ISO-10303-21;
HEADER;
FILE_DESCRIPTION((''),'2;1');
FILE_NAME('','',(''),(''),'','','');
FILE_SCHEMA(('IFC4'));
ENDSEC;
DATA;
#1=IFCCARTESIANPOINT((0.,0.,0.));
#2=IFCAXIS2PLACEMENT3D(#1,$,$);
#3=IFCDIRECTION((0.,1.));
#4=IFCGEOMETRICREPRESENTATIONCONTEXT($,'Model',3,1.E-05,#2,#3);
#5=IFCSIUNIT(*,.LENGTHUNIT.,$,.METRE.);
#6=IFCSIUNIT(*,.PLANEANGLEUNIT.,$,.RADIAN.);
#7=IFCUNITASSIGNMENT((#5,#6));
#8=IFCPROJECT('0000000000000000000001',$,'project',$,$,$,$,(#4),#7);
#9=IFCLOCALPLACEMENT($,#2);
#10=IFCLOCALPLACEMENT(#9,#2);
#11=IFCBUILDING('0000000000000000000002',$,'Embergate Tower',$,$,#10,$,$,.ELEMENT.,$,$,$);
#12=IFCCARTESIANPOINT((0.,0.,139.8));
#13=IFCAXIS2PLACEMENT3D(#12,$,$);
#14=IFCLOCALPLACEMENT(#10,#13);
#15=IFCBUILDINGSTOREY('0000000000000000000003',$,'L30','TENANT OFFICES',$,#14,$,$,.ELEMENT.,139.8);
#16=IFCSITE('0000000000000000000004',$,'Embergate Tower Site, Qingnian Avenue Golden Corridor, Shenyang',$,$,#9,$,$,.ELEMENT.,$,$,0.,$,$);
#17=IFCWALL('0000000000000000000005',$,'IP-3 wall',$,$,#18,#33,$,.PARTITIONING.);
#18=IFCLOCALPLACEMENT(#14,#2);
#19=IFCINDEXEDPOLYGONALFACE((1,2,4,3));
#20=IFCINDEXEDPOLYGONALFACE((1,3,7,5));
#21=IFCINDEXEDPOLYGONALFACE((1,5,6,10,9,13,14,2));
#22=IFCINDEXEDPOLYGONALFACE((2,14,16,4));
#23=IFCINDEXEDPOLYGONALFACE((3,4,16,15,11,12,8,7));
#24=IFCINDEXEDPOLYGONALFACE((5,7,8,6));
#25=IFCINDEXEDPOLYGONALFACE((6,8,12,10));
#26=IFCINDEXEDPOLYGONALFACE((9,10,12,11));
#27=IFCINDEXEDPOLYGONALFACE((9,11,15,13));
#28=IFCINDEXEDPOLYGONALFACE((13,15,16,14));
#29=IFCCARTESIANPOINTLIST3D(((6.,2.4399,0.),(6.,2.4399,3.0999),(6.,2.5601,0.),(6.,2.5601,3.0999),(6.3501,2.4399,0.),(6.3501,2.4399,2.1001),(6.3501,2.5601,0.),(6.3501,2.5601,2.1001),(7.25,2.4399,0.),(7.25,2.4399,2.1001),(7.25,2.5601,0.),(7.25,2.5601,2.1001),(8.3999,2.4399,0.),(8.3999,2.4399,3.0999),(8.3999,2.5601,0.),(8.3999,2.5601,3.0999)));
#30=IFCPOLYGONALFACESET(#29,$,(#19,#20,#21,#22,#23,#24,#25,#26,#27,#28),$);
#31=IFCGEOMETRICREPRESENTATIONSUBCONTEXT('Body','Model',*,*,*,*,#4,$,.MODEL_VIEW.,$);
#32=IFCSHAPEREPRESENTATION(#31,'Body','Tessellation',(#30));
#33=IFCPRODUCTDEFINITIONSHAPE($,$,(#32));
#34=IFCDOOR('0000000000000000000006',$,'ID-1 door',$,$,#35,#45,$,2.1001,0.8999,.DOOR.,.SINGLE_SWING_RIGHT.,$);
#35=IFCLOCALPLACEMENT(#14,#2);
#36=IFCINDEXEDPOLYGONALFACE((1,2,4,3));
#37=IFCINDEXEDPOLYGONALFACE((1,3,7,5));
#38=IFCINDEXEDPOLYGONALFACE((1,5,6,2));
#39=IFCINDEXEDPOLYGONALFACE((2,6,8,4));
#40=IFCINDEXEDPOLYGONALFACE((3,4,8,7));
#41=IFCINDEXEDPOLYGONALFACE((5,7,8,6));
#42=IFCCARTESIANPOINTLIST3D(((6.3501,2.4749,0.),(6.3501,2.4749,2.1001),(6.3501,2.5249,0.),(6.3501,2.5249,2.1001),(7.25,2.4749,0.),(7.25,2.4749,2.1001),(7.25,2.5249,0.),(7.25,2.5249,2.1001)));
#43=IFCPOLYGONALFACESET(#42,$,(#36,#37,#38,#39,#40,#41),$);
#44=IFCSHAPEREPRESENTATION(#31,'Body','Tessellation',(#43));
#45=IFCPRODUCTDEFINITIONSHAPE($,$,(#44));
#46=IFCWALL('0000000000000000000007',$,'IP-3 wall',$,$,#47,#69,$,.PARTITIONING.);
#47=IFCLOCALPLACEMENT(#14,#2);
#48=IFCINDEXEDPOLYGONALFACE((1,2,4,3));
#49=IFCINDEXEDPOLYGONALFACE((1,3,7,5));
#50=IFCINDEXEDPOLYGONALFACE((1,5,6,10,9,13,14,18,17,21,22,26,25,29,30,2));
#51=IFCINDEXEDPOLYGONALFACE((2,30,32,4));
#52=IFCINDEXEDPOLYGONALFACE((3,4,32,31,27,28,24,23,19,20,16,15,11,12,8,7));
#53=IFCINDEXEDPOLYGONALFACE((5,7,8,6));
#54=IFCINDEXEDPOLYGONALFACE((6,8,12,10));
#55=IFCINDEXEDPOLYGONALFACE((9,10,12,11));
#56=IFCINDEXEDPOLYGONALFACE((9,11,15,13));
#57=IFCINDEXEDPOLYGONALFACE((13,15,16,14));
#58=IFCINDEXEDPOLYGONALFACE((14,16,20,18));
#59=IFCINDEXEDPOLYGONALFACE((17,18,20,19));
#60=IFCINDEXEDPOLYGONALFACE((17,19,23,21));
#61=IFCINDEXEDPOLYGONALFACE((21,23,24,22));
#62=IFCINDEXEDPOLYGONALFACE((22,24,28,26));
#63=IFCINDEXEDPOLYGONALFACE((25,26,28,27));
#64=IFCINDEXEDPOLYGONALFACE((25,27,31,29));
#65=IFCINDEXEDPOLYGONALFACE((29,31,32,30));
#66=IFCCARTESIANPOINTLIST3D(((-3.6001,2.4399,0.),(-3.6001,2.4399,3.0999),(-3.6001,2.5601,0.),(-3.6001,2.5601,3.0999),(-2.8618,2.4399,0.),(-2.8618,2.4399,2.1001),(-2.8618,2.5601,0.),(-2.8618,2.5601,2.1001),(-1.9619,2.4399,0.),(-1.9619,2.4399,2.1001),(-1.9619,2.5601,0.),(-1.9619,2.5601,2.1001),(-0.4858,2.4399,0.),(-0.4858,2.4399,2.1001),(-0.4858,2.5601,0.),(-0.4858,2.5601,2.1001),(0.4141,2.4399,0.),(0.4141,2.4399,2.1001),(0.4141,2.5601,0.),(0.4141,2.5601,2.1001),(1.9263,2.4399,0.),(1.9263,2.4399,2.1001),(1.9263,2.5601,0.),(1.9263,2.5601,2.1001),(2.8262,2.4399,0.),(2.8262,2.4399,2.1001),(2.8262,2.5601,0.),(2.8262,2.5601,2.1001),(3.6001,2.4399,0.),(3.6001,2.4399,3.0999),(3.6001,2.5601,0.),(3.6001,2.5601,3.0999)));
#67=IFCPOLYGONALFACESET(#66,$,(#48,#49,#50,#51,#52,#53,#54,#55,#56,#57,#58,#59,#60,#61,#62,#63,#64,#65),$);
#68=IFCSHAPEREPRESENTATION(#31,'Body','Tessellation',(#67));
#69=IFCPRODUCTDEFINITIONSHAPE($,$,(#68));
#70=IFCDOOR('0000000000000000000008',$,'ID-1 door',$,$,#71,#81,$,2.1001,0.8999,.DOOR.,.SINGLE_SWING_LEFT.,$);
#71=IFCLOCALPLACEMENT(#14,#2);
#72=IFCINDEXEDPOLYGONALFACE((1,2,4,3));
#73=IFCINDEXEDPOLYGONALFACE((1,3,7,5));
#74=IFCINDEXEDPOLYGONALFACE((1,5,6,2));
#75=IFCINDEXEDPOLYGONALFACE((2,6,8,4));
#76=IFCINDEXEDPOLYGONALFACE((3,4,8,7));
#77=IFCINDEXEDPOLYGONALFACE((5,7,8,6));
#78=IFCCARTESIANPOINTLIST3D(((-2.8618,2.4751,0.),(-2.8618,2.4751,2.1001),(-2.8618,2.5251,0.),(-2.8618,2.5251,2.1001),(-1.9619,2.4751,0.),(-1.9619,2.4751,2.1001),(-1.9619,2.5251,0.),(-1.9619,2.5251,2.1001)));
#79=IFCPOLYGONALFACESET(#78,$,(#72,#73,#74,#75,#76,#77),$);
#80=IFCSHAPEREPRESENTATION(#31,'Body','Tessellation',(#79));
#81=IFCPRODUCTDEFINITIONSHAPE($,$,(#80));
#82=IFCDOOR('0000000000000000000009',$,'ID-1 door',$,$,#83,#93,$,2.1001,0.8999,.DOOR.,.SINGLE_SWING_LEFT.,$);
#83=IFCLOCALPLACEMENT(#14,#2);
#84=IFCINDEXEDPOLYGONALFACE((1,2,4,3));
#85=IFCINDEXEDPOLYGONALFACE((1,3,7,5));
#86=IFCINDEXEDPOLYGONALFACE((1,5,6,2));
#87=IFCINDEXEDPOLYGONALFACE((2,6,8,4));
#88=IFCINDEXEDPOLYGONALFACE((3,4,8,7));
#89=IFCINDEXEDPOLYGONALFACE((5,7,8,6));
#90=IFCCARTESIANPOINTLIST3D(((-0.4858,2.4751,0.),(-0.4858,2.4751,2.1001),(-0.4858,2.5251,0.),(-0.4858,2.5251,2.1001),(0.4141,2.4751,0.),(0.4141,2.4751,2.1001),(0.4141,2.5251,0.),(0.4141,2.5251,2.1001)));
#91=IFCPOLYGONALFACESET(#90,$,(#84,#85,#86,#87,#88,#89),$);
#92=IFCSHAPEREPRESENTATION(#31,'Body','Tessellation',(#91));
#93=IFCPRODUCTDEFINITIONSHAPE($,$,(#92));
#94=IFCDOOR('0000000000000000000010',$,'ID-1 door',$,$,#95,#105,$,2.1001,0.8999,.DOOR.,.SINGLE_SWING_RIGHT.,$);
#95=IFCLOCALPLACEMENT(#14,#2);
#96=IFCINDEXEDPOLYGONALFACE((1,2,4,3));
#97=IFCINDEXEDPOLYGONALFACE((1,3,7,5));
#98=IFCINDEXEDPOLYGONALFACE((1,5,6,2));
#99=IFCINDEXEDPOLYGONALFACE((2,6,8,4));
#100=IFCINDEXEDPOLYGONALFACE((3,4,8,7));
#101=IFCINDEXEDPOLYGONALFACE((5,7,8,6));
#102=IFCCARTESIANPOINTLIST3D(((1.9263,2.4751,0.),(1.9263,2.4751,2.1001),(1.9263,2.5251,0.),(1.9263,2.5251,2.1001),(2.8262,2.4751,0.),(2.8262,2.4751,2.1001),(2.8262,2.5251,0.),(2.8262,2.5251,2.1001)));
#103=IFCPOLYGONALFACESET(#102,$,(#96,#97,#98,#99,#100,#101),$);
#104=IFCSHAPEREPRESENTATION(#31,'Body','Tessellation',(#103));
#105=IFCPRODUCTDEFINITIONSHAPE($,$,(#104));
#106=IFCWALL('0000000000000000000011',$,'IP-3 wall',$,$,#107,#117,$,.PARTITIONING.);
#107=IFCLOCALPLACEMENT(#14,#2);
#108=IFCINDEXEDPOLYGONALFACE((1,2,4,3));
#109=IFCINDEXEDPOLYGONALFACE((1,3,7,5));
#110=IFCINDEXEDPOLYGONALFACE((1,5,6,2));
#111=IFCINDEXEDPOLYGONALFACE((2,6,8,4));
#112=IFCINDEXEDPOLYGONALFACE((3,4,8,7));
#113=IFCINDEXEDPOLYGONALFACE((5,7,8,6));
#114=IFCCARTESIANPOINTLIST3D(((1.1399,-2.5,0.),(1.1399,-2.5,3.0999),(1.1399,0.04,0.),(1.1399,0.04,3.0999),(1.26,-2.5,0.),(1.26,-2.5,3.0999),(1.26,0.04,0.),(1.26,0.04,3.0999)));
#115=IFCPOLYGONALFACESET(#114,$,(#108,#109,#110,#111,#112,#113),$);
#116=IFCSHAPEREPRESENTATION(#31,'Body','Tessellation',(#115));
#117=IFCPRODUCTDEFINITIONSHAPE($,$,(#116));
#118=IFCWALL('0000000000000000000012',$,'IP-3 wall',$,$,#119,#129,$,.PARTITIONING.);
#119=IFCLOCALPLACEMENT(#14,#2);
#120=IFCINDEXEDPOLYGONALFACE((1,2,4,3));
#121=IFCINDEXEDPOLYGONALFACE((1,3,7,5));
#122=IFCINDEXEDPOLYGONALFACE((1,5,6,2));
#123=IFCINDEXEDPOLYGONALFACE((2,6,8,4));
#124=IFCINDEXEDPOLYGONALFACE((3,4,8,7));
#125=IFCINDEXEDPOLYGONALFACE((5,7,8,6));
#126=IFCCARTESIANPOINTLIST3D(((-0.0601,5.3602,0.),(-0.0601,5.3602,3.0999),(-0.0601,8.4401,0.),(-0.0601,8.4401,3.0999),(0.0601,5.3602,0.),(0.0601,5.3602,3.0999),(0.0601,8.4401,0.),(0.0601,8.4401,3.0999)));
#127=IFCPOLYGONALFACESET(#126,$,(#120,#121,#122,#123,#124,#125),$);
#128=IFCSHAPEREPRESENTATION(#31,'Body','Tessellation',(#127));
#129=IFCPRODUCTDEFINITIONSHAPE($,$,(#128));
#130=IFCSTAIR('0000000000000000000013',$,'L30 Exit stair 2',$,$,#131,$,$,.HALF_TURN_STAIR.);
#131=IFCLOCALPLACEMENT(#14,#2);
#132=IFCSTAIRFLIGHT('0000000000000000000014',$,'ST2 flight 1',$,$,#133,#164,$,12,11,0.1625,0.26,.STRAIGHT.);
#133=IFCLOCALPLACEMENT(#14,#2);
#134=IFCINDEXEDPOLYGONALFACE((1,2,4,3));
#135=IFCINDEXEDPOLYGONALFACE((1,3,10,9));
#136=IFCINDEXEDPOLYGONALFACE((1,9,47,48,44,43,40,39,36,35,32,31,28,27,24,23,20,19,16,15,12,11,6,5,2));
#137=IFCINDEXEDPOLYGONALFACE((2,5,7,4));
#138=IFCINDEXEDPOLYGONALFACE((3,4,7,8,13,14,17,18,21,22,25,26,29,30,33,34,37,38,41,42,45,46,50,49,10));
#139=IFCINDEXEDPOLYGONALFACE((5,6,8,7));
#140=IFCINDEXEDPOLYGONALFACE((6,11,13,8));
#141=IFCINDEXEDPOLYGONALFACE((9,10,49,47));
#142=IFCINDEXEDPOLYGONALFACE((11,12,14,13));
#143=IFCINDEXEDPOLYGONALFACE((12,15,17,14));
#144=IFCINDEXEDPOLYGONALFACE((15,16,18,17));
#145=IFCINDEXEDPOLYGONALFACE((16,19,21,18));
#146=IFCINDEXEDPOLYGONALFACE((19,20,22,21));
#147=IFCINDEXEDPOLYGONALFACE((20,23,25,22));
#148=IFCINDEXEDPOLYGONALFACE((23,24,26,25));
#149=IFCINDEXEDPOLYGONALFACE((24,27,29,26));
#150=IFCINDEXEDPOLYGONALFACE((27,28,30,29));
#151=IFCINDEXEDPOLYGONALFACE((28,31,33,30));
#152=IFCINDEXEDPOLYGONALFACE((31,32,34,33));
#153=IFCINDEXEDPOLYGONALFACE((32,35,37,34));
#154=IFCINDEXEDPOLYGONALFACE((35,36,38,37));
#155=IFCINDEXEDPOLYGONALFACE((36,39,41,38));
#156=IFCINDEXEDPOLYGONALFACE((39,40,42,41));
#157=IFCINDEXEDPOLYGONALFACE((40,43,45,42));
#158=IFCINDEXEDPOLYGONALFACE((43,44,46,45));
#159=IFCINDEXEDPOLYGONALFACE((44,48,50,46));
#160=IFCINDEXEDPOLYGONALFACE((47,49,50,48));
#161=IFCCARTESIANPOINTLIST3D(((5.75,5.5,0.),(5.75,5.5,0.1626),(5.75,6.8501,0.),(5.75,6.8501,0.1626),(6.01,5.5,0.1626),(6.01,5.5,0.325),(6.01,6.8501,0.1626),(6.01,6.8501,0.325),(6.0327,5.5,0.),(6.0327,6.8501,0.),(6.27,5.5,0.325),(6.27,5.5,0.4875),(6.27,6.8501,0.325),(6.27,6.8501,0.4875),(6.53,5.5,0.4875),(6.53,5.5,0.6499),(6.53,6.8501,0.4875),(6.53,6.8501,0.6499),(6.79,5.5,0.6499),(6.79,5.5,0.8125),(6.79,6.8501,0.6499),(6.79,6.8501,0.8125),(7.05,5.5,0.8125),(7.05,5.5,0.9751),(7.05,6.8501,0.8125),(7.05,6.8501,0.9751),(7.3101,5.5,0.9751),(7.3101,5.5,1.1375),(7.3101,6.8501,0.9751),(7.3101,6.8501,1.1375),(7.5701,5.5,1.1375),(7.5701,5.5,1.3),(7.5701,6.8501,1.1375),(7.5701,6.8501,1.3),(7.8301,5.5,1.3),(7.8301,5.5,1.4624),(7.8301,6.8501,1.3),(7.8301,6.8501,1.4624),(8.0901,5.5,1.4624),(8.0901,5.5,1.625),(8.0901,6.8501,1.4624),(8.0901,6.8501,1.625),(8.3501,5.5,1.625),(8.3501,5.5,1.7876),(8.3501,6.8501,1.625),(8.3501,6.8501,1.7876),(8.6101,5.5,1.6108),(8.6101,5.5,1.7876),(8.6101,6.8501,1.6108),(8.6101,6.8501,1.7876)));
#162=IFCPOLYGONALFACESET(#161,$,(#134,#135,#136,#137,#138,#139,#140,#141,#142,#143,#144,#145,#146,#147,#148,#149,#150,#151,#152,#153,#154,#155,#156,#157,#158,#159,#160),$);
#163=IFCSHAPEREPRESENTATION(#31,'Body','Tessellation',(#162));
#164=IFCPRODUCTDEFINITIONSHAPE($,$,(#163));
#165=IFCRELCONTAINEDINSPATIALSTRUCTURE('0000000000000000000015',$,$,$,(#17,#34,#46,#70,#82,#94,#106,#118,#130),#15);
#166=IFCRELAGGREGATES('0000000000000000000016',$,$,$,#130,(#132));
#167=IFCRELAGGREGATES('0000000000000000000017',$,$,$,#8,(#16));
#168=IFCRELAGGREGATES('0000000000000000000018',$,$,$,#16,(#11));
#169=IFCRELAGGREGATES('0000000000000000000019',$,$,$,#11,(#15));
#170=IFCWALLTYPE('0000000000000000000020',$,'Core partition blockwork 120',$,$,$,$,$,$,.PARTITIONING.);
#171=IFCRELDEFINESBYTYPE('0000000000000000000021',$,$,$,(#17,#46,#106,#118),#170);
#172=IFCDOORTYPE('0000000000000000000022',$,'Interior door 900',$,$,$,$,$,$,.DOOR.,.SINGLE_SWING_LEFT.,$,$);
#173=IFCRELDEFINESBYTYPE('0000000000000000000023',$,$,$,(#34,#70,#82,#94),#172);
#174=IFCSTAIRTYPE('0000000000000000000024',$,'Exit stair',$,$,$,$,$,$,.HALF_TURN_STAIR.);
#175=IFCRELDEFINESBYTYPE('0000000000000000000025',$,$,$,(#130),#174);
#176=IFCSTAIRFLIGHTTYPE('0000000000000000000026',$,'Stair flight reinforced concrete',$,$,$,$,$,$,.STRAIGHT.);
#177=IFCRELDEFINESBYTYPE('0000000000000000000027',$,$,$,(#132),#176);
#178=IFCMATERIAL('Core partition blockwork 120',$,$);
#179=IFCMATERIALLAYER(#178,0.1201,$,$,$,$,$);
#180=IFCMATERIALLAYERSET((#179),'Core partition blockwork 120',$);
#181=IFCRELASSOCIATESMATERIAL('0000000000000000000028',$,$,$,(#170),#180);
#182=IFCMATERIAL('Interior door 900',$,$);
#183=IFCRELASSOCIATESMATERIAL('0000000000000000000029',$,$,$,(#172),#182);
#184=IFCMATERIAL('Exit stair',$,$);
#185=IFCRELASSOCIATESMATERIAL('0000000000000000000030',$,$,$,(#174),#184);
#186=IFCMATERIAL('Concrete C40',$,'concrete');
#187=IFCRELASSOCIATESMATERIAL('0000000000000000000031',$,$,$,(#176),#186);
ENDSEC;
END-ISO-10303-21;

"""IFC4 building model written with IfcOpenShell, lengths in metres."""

from ifc_helpers import new_model, si_unit, direction, frame, frame_2d, origin, place, context, subcontext, project, spatial, polyline, rectangle, outline, extrude, source, transform, mapped, material, layer, layer_set, type_object, element, fill, aggregate, save


model = new_model("IFC4")

# Units and contexts
model_context = context("Model", 3, precision=1e-05, world=origin(), true_north=direction((0.0, 1.0)))
body_context = subcontext(model_context, "Body", "Model", "MODEL_VIEW")
ifc_project = project(units=[si_unit("LENGTHUNIT", "METRE"), si_unit("PLANEANGLEUNIT", "RADIAN")], contexts=[model_context])

# Site, building, storey
site_placement = place(None, origin())
site = spatial("IfcSite", under=ifc_project, at=site_placement, Name="Embergate Tower Site, Qingnian Avenue Golden Corridor, Shenyang", CompositionType="ELEMENT", RefElevation=0.0)
building_placement = place(site_placement, origin())
building = spatial("IfcBuilding", under=site, at=building_placement, Name="Embergate Tower", CompositionType="ELEMENT")
storey_placement = place(building_placement, frame((0.0, 0.0, 139.8)))
storey = spatial("IfcBuildingStorey", under=building, at=storey_placement, Name="L30", Description="TENANT OFFICES", CompositionType="ELEMENT", Elevation=139.8)

# Shared definitions
ifc_material_1 = material(Name="Core partition blockwork 120")
ifc_layer_1 = layer(ifc_material_1, 0.1201)
ifc_layer_set_1 = layer_set([ifc_layer_1], Name="Core partition blockwork 120")
wall_type_1 = type_object("IfcWallType", Name="Core partition blockwork 120", PredefinedType="PARTITIONING", material=ifc_layer_set_1)

# Wall, opening, door
shared_shape_1 = source(origin(), body_context, "Body", "SweptSolid", [
    extrude(rectangle(XDim=2.3999, YDim=0.1201, at=frame_2d((1.2, 0.0))), origin(), (0.0, 0.0, 1.0), 3.0999),
])
wall_1_placement = place(storey_placement, frame((6.0, 2.5, 0.0), z_axis=(0.0, 0.0, 1.0), x_axis=(1.0, 0.0, 0.0)))
wall_1 = element("IfcWall", 1, at=wall_1_placement, inside=storey, type_object=wall_type_1, Name="IP-3 wall", PredefinedType="PARTITIONING", context=body_context, shape_type="MappedRepresentation", body=[
    mapped(shared_shape_1, transform((0.0, 0.0, 0.0))),
])
shared_shape_2 = source(origin(), body_context, "Body", "SweptSolid", [
    extrude(rectangle(XDim=0.8999, YDim=2.1001, at=frame_2d((0.45, 1.05))), frame((0.0, 0.0701, 0.0), z_axis=(0.0, -1.0, 0.0), x_axis=(1.0, 0.0, 0.0)), (0.0, 0.0, 1.0), 0.1401),
])
opening_1_placement = place(wall_1_placement, frame((0.3501, 0.0, 0.0)))
opening_1 = element("IfcOpeningElement", 2, at=opening_1_placement, cuts=wall_1, PredefinedType="OPENING", context=body_context, shape_type="MappedRepresentation", body=[
    mapped(shared_shape_2, transform((0.0, 0.0, 0.0))),
])
ifc_material_2 = material(Name="Interior door 900")
door_type_1 = type_object("IfcDoorType", Name="Interior door 900", OperationType="SINGLE_SWING_LEFT", PredefinedType="DOOR", material=ifc_material_2)
shared_shape_3 = source(origin(), body_context, "Body", "SweptSolid", [
    extrude(rectangle(XDim=0.8999, YDim=2.1001, at=frame_2d((0.45, 1.05))), frame((0.0, 0.0249, 0.0), z_axis=(0.0, -1.0, 0.0), x_axis=(1.0, 0.0, 0.0)), (0.0, 0.0, 1.0), 0.05),
])
door_1_placement = place(opening_1_placement, origin())
door_1 = element("IfcDoor", 3, at=door_1_placement, inside=storey, type_object=door_type_1, Name="ID-1 door", OperationType="SINGLE_SWING_RIGHT", OverallHeight=2.1001, OverallWidth=0.8999, PredefinedType="DOOR", context=body_context, shape_type="MappedRepresentation", body=[
    mapped(shared_shape_3, transform((0.0, 0.0, 0.0))),
])
fill(opening_1, door_1)

# Wall, openings, doors
shared_shape_4 = source(origin(), body_context, "Body", "SweptSolid", [
    extrude(rectangle(XDim=7.2002, YDim=0.1201, at=frame_2d((3.6001, 0.0))), origin(), (0.0, 0.0, 1.0), 3.0999),
])
wall_2_placement = place(storey_placement, frame((3.6001, 2.5, 0.0), z_axis=(0.0, 0.0, 1.0), x_axis=(-1.0, 0.0, 0.0)))
wall_2 = element("IfcWall", 4, at=wall_2_placement, inside=storey, type_object=wall_type_1, Name="IP-3 wall", PredefinedType="PARTITIONING", context=body_context, shape_type="MappedRepresentation", body=[
    mapped(shared_shape_4, transform((0.0, 0.0, 0.0))),
])
opening_2_placement = place(wall_2_placement, frame((5.562, 0.0, 0.0)))
opening_2 = element("IfcOpeningElement", 5, at=opening_2_placement, cuts=wall_2, PredefinedType="OPENING", context=body_context, shape_type="MappedRepresentation", body=[
    mapped(shared_shape_2, transform((0.0, 0.0, 0.0))),
])
opening_3_placement = place(wall_2_placement, frame((3.186, 0.0, 0.0)))
opening_3 = element("IfcOpeningElement", 6, at=opening_3_placement, cuts=wall_2, PredefinedType="OPENING", context=body_context, shape_type="MappedRepresentation", body=[
    mapped(shared_shape_2, transform((0.0, 0.0, 0.0))),
])
opening_4_placement = place(wall_2_placement, frame((0.7739, 0.0, 0.0)))
opening_4 = element("IfcOpeningElement", 7, at=opening_4_placement, cuts=wall_2, PredefinedType="OPENING", context=body_context, shape_type="MappedRepresentation", body=[
    mapped(shared_shape_2, transform((0.0, 0.0, 0.0))),
])
door_2_placement = place(opening_2_placement, origin())
door_2 = element("IfcDoor", 8, at=door_2_placement, inside=storey, type_object=door_type_1, Name="ID-1 door", OperationType="SINGLE_SWING_LEFT", OverallHeight=2.1001, OverallWidth=0.8999, PredefinedType="DOOR", context=body_context, shape_type="MappedRepresentation", body=[
    mapped(shared_shape_3, transform((0.0, 0.0, 0.0))),
])
fill(opening_2, door_2)
door_3_placement = place(opening_3_placement, origin())
door_3 = element("IfcDoor", 9, at=door_3_placement, inside=storey, type_object=door_type_1, Name="ID-1 door", OperationType="SINGLE_SWING_LEFT", OverallHeight=2.1001, OverallWidth=0.8999, PredefinedType="DOOR", context=body_context, shape_type="MappedRepresentation", body=[
    mapped(shared_shape_3, transform((0.0, 0.0, 0.0))),
])
fill(opening_3, door_3)
door_4_placement = place(opening_4_placement, origin())
door_4 = element("IfcDoor", 10, at=door_4_placement, inside=storey, type_object=door_type_1, Name="ID-1 door", OperationType="SINGLE_SWING_RIGHT", OverallHeight=2.1001, OverallWidth=0.8999, PredefinedType="DOOR", context=body_context, shape_type="MappedRepresentation", body=[
    mapped(shared_shape_3, transform((0.0, 0.0, 0.0))),
])
fill(opening_4, door_4)

# Walls
shared_shape_5 = source(origin(), body_context, "Body", "SweptSolid", [
    extrude(rectangle(XDim=2.54, YDim=0.1201, at=frame_2d((1.27, 0.0))), origin(), (0.0, 0.0, 1.0), 3.0999),
])
wall_3_placement = place(storey_placement, frame((1.2, 0.04, 0.0), z_axis=(0.0, 0.0, 1.0), x_axis=(0.0, -1.0, 0.0)))
element("IfcWall", 11, at=wall_3_placement, inside=storey, type_object=wall_type_1, Name="IP-3 wall", PredefinedType="PARTITIONING", context=body_context, shape_type="MappedRepresentation", body=[
    mapped(shared_shape_5, transform((0.0, 0.0, 0.0))),
])
shared_shape_6 = source(origin(), body_context, "Body", "SweptSolid", [
    extrude(rectangle(XDim=3.0798, YDim=0.1201, at=frame_2d((1.54, 0.0))), origin(), (0.0, 0.0, 1.0), 3.0999),
])
wall_4_placement = place(storey_placement, frame((0.0, 5.3601, 0.0), z_axis=(0.0, 0.0, 1.0), x_axis=(0.0, 1.0, 0.0)))
element("IfcWall", 12, at=wall_4_placement, inside=storey, type_object=wall_type_1, Name="IP-3 wall", PredefinedType="PARTITIONING", context=body_context, shape_type="MappedRepresentation", body=[
    mapped(shared_shape_6, transform((0.0, 0.0, 0.0))),
])

# Stair, stair flight
ifc_material_3 = material(Name="Exit stair")
stair_type = type_object("IfcStairType", Name="Exit stair", PredefinedType="HALF_TURN_STAIR", material=ifc_material_3)
stair_placement = place(storey_placement, origin())
stair = element("IfcStair", 13, at=stair_placement, inside=storey, type_object=stair_type, Name="L30 Exit stair 2", PredefinedType="HALF_TURN_STAIR")
ifc_material_4 = material(Name="Concrete C40", Category="concrete")
stair_flight_type = type_object("IfcStairFlightType", Name="Stair flight reinforced concrete", PredefinedType="STRAIGHT", material=ifc_material_4)
shared_shape_7 = source(origin(), body_context, "Body", "SweptSolid", [
    extrude(outline(polyline([(0.0, 0.0), (0.0, 0.1626), (0.26, 0.1626), (0.26, 0.325), (0.52, 0.325), (0.52, 0.4875), (0.78, 0.4875), (0.78, 0.6499), (1.04, 0.6499), (1.04, 0.8125), (1.3, 0.8125), (1.3, 0.9751), (1.5601, 0.9751), (1.5601, 1.1375), (1.8201, 1.1375), (1.8201, 1.3), (2.0801, 1.3), (2.0801, 1.4624), (2.3401, 1.4624), (2.3401, 1.625), (2.6001, 1.625), (2.6001, 1.7876), (2.8601, 1.7876), (2.8601, 1.95), (2.8601, 1.6108), (0.2827, 0.0), (0.0, 0.0)])), frame((0.0, 0.675, 0.0), z_axis=(0.0, -1.0, 0.0), x_axis=(1.0, 0.0, 0.0)), (0.0, 0.0, 1.0), 1.3501),
])
stair_flight_placement = place(storey_placement, frame((5.75, 6.175, 0.0), z_axis=(0.0, 0.0, 1.0), x_axis=(1.0, 0.0, 0.0)))
stair_flight = element("IfcStairFlight", 14, at=stair_flight_placement, type_object=stair_flight_type, Name="ST2 flight 1", NumberOfRisers=12, NumberOfTreads=11, PredefinedType="STRAIGHT", RiserHeight=0.1625, TreadLength=0.26, context=body_context, shape_type="MappedRepresentation", body=[
    mapped(shared_shape_7, transform((0.0, 0.0, 0.0))),
])
aggregate(stair, [stair_flight])

save(model, "model.ifc")
